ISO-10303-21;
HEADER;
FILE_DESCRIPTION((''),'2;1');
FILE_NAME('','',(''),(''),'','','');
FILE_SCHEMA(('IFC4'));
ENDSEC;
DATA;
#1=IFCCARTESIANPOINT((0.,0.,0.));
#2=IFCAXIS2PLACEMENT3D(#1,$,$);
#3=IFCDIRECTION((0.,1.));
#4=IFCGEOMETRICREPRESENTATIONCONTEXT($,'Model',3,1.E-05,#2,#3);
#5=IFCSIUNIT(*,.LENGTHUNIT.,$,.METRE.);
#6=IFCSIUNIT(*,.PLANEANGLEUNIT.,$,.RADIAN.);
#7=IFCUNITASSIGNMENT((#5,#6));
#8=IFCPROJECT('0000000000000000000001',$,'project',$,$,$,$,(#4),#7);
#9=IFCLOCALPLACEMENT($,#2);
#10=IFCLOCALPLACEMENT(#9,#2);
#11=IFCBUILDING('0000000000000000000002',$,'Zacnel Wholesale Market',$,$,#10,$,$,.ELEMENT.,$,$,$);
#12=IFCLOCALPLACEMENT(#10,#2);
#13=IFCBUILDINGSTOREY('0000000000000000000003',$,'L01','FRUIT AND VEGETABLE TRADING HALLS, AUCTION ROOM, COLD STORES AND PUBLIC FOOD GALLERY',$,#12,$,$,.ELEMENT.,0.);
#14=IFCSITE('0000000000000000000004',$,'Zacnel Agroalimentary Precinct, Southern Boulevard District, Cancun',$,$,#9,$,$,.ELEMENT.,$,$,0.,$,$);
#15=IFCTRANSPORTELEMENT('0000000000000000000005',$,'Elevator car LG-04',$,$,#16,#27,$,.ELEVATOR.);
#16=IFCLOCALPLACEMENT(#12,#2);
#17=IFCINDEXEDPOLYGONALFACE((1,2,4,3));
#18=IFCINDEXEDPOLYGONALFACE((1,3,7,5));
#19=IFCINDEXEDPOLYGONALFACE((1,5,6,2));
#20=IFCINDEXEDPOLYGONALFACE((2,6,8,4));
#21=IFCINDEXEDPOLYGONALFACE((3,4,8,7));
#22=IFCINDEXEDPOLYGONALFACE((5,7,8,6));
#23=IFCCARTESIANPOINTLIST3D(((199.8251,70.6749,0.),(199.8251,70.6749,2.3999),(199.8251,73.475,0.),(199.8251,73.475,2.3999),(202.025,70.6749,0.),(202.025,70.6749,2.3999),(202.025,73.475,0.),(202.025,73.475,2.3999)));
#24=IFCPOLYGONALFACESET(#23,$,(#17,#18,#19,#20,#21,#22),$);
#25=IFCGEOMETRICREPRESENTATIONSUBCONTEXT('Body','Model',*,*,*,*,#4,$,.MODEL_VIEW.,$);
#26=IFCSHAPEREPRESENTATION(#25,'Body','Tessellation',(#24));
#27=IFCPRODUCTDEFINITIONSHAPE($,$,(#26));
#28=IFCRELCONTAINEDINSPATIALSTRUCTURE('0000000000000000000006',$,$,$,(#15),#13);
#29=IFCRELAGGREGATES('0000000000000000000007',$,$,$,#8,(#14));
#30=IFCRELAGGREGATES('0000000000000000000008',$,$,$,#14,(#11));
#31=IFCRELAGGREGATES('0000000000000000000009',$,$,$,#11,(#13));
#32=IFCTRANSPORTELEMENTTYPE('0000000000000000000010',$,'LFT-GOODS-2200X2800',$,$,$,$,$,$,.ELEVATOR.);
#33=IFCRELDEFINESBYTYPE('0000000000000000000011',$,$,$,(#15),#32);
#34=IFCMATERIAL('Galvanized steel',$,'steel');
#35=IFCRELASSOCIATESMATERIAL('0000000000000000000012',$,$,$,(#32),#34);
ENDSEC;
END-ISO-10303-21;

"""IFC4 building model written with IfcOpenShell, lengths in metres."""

from ifc_helpers import new_model, si_unit, direction, frame, origin, origin_2d, place, context, subcontext, project, spatial, rectangle, extrude, material, type_object, element, save


model = new_model("IFC4")

# Units and contexts
model_context = context("Model", 3, precision=1e-05, world=origin(), true_north=direction((0.0, 1.0)))
body_context = subcontext(model_context, "Body", "Model", "MODEL_VIEW")
ifc_project = project(units=[si_unit("LENGTHUNIT", "METRE"), si_unit("PLANEANGLEUNIT", "RADIAN")], contexts=[model_context])

# Site, building, storey
site_placement = place(None, origin())
site = spatial("IfcSite", under=ifc_project, at=site_placement, Name="Zacnel Agroalimentary Precinct, Southern Boulevard District, Cancun", CompositionType="ELEMENT", RefElevation=0.0)
building_placement = place(site_placement, origin())
building = spatial("IfcBuilding", under=site, at=building_placement, Name="Zacnel Wholesale Market", CompositionType="ELEMENT")
storey_placement = place(building_placement, origin())
storey = spatial("IfcBuildingStorey", under=building, at=storey_placement, Name="L01", Description="FRUIT AND VEGETABLE TRADING HALLS, AUCTION ROOM, COLD STORES AND PUBLIC FOOD GALLERY", CompositionType="ELEMENT", Elevation=0.0)

# Transport element
ifc_material_1 = material(Name="Galvanized steel", Category="steel")
transport_element_type = type_object("IfcTransportElementType", Name="LFT-GOODS-2200X2800", PredefinedType="ELEVATOR", material=ifc_material_1)
transport_element_placement = place(storey_placement, frame((200.925, 72.075, 0.0), z_axis=(0.0, 0.0, 1.0), x_axis=(1.0, 0.0, 0.0)))
element("IfcTransportElement", 1, at=transport_element_placement, inside=storey, type_object=transport_element_type, Name="Elevator car LG-04", PredefinedType="ELEVATOR", context=body_context, shape_type="SweptSolid", body=[
    extrude(rectangle(XDim=2.2, YDim=2.8, at=origin_2d()), origin(), (0.0, 0.0, 1.0), 2.3999),
])

save(model, "model.ifc")
